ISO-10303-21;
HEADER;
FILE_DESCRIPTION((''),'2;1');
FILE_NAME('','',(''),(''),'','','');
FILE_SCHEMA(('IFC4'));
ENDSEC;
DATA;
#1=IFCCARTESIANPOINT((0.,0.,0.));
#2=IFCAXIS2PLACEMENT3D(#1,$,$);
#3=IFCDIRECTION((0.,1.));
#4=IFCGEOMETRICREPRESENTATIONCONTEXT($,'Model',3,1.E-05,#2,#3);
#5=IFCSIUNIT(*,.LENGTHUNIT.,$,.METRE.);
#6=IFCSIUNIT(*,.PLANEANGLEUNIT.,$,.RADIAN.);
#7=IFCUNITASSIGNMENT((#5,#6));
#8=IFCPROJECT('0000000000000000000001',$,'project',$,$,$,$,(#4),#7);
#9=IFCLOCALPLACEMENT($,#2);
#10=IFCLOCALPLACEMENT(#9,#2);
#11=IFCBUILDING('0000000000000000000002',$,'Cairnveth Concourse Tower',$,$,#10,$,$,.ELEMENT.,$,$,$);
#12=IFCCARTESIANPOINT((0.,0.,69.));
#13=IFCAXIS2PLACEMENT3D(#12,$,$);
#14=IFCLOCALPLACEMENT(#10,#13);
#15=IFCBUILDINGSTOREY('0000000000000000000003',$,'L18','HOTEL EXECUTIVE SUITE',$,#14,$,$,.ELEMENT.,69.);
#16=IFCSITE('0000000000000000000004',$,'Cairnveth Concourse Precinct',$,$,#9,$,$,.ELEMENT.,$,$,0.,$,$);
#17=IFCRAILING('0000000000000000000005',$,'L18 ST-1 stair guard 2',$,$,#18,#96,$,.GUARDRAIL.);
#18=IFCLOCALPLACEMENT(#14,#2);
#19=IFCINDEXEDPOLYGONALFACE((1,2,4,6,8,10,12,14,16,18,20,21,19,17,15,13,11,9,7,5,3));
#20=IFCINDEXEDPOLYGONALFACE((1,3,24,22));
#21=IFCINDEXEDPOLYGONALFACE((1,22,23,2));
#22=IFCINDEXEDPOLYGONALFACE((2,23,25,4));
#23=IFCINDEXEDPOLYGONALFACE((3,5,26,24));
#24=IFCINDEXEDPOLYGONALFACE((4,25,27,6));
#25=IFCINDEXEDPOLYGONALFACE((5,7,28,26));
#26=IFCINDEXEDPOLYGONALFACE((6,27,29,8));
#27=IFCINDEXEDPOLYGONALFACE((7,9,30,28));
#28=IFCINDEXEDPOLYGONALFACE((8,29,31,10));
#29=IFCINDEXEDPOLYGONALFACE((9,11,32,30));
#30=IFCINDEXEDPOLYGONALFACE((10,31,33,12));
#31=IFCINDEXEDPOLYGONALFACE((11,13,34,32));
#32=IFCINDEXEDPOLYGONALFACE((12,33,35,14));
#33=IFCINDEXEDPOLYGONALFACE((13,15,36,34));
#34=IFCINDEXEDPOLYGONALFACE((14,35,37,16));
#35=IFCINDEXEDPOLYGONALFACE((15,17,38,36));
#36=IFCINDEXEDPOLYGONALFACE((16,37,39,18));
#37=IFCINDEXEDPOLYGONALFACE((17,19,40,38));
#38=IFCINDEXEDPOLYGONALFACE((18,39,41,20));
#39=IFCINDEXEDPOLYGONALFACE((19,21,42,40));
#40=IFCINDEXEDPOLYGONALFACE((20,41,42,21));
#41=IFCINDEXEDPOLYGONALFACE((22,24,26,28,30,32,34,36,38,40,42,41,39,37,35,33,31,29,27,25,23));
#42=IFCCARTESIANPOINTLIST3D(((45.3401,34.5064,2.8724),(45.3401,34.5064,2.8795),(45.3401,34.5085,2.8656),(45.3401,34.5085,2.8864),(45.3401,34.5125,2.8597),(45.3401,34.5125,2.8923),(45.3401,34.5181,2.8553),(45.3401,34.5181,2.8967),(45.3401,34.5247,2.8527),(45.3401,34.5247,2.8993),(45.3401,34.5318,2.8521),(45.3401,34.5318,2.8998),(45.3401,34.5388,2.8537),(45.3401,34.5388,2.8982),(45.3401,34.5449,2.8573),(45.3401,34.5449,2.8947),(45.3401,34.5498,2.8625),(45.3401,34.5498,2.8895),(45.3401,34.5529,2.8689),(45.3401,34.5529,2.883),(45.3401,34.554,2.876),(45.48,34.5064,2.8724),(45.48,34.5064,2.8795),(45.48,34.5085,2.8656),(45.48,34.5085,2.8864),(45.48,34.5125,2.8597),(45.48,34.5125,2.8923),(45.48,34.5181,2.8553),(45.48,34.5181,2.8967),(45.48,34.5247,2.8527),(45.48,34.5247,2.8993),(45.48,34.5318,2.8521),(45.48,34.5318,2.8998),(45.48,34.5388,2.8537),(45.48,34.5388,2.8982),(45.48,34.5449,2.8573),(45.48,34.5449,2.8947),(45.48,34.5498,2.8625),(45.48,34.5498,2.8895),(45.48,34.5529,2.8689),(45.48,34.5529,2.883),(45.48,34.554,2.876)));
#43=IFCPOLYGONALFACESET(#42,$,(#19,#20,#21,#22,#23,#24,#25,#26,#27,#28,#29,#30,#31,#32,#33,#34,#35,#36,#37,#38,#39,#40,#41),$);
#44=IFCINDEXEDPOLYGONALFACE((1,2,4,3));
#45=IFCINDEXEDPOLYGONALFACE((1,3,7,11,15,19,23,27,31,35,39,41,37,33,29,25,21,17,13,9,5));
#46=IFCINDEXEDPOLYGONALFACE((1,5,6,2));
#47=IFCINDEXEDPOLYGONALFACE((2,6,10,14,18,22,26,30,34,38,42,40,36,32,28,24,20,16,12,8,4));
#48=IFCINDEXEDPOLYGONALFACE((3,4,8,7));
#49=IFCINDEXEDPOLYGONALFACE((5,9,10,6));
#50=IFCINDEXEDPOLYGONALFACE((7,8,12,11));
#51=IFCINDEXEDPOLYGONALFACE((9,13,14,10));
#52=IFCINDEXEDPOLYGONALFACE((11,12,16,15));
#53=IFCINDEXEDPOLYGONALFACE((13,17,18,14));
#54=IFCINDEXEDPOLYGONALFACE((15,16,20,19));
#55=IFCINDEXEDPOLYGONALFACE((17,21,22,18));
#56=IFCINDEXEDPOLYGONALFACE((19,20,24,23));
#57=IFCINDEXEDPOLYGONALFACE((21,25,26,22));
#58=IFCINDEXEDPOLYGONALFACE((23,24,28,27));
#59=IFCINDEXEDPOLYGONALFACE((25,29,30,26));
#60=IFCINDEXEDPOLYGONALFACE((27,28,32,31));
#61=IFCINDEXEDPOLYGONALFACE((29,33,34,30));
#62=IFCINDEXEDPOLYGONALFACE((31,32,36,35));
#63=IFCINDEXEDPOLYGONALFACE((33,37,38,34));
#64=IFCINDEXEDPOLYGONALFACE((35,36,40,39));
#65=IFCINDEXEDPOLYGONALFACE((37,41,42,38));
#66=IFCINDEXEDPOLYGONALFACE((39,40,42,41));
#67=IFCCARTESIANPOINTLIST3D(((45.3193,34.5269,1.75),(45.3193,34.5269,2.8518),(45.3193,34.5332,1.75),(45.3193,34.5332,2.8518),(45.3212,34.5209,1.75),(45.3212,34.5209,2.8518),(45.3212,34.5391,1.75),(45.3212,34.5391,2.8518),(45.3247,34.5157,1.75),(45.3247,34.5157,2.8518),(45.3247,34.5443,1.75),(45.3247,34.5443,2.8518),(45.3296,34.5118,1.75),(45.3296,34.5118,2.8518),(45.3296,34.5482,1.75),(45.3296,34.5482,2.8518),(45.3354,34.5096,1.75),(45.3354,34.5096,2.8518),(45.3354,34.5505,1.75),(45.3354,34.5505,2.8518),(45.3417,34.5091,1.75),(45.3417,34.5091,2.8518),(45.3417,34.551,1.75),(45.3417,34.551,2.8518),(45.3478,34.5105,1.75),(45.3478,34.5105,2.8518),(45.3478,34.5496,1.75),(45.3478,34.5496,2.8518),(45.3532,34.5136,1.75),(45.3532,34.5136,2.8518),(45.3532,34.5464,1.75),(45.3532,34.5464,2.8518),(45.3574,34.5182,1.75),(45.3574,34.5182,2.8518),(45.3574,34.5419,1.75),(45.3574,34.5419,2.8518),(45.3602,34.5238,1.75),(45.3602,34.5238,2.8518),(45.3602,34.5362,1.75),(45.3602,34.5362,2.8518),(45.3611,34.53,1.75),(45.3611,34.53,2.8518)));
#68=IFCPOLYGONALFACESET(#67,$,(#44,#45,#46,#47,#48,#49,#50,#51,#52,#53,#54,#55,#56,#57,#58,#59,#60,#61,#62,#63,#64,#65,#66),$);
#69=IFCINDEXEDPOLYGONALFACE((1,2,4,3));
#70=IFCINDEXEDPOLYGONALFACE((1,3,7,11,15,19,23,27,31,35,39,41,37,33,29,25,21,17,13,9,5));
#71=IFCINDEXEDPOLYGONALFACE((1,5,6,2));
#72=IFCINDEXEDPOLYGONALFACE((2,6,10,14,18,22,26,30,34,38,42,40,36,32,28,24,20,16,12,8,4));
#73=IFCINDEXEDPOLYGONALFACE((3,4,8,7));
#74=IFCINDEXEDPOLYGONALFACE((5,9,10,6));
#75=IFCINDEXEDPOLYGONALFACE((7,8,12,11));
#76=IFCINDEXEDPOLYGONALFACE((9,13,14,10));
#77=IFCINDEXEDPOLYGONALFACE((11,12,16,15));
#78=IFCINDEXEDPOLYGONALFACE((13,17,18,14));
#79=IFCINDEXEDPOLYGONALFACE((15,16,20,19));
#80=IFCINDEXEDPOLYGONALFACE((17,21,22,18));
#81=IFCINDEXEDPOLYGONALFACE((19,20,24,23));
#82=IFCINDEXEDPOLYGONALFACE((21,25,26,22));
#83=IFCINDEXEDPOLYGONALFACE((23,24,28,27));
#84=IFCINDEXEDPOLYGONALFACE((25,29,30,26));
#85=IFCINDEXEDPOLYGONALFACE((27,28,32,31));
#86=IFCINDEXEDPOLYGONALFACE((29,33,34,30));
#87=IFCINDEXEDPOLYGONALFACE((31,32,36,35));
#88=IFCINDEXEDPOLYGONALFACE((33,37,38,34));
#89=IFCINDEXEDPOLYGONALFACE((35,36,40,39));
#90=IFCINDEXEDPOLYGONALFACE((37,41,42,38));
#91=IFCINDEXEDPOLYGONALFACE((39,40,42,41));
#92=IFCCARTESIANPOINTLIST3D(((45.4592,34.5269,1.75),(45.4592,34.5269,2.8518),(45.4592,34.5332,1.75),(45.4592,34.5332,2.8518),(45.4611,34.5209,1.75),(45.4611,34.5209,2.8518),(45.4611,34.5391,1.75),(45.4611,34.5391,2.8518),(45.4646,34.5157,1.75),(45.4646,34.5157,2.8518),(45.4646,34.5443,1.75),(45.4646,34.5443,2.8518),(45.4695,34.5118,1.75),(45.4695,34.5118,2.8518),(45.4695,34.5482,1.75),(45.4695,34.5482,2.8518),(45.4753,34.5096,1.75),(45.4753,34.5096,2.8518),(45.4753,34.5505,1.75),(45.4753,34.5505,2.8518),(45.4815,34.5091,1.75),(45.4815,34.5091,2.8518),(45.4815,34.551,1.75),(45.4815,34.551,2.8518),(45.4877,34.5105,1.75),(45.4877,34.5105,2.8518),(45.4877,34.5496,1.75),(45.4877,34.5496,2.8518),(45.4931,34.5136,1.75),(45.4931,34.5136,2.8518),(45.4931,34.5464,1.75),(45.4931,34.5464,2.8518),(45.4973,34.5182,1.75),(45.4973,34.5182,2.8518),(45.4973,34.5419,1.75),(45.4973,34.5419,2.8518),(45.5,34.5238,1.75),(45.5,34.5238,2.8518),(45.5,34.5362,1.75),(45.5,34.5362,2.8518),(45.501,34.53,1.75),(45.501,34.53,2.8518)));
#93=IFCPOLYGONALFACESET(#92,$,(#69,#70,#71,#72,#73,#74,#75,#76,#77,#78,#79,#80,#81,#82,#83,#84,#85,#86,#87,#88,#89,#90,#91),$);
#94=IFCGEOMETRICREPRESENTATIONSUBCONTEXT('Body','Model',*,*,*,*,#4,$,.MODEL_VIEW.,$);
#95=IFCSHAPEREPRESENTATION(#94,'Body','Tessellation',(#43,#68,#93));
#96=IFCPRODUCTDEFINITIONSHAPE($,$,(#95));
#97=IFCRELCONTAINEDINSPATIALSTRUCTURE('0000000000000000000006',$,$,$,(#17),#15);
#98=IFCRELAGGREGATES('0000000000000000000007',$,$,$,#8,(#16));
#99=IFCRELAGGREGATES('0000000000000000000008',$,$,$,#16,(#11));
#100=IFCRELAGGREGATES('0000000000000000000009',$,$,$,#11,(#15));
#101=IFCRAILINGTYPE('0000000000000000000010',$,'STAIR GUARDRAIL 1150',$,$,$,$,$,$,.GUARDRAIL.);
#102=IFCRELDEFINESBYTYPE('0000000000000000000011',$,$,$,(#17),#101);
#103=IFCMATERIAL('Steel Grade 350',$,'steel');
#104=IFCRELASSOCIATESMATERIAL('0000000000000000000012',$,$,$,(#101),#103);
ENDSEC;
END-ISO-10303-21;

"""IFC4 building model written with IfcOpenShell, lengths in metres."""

from ifc_helpers import new_model, si_unit, direction, frame, origin, origin_2d, place, context, subcontext, project, spatial, circle, extrude, material, type_object, element, save


model = new_model("IFC4")

# Units and contexts
model_context = context("Model", 3, precision=1e-05, world=origin(), true_north=direction((0.0, 1.0)))
body_context = subcontext(model_context, "Body", "Model", "MODEL_VIEW")
ifc_project = project(units=[si_unit("LENGTHUNIT", "METRE"), si_unit("PLANEANGLEUNIT", "RADIAN")], contexts=[model_context])

# Site, building, storey
site_placement = place(None, origin())
site = spatial("IfcSite", under=ifc_project, at=site_placement, Name="Cairnveth Concourse Precinct", CompositionType="ELEMENT", RefElevation=0.0)
building_placement = place(site_placement, origin())
building = spatial("IfcBuilding", under=site, at=building_placement, Name="Cairnveth Concourse Tower", CompositionType="ELEMENT")
storey_placement = place(building_placement, frame((0.0, 0.0, 69.0)))
storey = spatial("IfcBuildingStorey", under=building, at=storey_placement, Name="L18", Description="HOTEL EXECUTIVE SUITE", CompositionType="ELEMENT", Elevation=69.0)

# Railing
ifc_material_1 = material(Name="Steel Grade 350", Category="steel")
railing_type_1 = type_object("IfcRailingType", Name="STAIR GUARDRAIL 1150", PredefinedType="GUARDRAIL", material=ifc_material_1)
railing_1_placement = place(storey_placement, frame((45.3401, 34.53, 1.75)))
element("IfcRailing", 1, at=railing_1_placement, inside=storey, type_object=railing_type_1, Name="L18 ST-1 stair guard 2", PredefinedType="GUARDRAIL", context=body_context, shape_type="SweptSolid", body=[
    extrude(circle(Radius=0.0239, at=origin_2d()), frame((0.0, 0.0, 1.126), z_axis=(1.0, 0.0, 0.0), x_axis=(0.0, 1.0, 0.0)), (0.0, 0.0, 1.0), 0.1399),
    extrude(circle(Radius=0.021, at=origin_2d()), origin(), (0.0, 0.0, 1.0), 1.1018),
    extrude(circle(Radius=0.021, at=origin_2d()), frame((0.1399, 0.0, 0.0)), (0.0, 0.0, 1.0), 1.1018),
])

save(model, "model.ifc")
